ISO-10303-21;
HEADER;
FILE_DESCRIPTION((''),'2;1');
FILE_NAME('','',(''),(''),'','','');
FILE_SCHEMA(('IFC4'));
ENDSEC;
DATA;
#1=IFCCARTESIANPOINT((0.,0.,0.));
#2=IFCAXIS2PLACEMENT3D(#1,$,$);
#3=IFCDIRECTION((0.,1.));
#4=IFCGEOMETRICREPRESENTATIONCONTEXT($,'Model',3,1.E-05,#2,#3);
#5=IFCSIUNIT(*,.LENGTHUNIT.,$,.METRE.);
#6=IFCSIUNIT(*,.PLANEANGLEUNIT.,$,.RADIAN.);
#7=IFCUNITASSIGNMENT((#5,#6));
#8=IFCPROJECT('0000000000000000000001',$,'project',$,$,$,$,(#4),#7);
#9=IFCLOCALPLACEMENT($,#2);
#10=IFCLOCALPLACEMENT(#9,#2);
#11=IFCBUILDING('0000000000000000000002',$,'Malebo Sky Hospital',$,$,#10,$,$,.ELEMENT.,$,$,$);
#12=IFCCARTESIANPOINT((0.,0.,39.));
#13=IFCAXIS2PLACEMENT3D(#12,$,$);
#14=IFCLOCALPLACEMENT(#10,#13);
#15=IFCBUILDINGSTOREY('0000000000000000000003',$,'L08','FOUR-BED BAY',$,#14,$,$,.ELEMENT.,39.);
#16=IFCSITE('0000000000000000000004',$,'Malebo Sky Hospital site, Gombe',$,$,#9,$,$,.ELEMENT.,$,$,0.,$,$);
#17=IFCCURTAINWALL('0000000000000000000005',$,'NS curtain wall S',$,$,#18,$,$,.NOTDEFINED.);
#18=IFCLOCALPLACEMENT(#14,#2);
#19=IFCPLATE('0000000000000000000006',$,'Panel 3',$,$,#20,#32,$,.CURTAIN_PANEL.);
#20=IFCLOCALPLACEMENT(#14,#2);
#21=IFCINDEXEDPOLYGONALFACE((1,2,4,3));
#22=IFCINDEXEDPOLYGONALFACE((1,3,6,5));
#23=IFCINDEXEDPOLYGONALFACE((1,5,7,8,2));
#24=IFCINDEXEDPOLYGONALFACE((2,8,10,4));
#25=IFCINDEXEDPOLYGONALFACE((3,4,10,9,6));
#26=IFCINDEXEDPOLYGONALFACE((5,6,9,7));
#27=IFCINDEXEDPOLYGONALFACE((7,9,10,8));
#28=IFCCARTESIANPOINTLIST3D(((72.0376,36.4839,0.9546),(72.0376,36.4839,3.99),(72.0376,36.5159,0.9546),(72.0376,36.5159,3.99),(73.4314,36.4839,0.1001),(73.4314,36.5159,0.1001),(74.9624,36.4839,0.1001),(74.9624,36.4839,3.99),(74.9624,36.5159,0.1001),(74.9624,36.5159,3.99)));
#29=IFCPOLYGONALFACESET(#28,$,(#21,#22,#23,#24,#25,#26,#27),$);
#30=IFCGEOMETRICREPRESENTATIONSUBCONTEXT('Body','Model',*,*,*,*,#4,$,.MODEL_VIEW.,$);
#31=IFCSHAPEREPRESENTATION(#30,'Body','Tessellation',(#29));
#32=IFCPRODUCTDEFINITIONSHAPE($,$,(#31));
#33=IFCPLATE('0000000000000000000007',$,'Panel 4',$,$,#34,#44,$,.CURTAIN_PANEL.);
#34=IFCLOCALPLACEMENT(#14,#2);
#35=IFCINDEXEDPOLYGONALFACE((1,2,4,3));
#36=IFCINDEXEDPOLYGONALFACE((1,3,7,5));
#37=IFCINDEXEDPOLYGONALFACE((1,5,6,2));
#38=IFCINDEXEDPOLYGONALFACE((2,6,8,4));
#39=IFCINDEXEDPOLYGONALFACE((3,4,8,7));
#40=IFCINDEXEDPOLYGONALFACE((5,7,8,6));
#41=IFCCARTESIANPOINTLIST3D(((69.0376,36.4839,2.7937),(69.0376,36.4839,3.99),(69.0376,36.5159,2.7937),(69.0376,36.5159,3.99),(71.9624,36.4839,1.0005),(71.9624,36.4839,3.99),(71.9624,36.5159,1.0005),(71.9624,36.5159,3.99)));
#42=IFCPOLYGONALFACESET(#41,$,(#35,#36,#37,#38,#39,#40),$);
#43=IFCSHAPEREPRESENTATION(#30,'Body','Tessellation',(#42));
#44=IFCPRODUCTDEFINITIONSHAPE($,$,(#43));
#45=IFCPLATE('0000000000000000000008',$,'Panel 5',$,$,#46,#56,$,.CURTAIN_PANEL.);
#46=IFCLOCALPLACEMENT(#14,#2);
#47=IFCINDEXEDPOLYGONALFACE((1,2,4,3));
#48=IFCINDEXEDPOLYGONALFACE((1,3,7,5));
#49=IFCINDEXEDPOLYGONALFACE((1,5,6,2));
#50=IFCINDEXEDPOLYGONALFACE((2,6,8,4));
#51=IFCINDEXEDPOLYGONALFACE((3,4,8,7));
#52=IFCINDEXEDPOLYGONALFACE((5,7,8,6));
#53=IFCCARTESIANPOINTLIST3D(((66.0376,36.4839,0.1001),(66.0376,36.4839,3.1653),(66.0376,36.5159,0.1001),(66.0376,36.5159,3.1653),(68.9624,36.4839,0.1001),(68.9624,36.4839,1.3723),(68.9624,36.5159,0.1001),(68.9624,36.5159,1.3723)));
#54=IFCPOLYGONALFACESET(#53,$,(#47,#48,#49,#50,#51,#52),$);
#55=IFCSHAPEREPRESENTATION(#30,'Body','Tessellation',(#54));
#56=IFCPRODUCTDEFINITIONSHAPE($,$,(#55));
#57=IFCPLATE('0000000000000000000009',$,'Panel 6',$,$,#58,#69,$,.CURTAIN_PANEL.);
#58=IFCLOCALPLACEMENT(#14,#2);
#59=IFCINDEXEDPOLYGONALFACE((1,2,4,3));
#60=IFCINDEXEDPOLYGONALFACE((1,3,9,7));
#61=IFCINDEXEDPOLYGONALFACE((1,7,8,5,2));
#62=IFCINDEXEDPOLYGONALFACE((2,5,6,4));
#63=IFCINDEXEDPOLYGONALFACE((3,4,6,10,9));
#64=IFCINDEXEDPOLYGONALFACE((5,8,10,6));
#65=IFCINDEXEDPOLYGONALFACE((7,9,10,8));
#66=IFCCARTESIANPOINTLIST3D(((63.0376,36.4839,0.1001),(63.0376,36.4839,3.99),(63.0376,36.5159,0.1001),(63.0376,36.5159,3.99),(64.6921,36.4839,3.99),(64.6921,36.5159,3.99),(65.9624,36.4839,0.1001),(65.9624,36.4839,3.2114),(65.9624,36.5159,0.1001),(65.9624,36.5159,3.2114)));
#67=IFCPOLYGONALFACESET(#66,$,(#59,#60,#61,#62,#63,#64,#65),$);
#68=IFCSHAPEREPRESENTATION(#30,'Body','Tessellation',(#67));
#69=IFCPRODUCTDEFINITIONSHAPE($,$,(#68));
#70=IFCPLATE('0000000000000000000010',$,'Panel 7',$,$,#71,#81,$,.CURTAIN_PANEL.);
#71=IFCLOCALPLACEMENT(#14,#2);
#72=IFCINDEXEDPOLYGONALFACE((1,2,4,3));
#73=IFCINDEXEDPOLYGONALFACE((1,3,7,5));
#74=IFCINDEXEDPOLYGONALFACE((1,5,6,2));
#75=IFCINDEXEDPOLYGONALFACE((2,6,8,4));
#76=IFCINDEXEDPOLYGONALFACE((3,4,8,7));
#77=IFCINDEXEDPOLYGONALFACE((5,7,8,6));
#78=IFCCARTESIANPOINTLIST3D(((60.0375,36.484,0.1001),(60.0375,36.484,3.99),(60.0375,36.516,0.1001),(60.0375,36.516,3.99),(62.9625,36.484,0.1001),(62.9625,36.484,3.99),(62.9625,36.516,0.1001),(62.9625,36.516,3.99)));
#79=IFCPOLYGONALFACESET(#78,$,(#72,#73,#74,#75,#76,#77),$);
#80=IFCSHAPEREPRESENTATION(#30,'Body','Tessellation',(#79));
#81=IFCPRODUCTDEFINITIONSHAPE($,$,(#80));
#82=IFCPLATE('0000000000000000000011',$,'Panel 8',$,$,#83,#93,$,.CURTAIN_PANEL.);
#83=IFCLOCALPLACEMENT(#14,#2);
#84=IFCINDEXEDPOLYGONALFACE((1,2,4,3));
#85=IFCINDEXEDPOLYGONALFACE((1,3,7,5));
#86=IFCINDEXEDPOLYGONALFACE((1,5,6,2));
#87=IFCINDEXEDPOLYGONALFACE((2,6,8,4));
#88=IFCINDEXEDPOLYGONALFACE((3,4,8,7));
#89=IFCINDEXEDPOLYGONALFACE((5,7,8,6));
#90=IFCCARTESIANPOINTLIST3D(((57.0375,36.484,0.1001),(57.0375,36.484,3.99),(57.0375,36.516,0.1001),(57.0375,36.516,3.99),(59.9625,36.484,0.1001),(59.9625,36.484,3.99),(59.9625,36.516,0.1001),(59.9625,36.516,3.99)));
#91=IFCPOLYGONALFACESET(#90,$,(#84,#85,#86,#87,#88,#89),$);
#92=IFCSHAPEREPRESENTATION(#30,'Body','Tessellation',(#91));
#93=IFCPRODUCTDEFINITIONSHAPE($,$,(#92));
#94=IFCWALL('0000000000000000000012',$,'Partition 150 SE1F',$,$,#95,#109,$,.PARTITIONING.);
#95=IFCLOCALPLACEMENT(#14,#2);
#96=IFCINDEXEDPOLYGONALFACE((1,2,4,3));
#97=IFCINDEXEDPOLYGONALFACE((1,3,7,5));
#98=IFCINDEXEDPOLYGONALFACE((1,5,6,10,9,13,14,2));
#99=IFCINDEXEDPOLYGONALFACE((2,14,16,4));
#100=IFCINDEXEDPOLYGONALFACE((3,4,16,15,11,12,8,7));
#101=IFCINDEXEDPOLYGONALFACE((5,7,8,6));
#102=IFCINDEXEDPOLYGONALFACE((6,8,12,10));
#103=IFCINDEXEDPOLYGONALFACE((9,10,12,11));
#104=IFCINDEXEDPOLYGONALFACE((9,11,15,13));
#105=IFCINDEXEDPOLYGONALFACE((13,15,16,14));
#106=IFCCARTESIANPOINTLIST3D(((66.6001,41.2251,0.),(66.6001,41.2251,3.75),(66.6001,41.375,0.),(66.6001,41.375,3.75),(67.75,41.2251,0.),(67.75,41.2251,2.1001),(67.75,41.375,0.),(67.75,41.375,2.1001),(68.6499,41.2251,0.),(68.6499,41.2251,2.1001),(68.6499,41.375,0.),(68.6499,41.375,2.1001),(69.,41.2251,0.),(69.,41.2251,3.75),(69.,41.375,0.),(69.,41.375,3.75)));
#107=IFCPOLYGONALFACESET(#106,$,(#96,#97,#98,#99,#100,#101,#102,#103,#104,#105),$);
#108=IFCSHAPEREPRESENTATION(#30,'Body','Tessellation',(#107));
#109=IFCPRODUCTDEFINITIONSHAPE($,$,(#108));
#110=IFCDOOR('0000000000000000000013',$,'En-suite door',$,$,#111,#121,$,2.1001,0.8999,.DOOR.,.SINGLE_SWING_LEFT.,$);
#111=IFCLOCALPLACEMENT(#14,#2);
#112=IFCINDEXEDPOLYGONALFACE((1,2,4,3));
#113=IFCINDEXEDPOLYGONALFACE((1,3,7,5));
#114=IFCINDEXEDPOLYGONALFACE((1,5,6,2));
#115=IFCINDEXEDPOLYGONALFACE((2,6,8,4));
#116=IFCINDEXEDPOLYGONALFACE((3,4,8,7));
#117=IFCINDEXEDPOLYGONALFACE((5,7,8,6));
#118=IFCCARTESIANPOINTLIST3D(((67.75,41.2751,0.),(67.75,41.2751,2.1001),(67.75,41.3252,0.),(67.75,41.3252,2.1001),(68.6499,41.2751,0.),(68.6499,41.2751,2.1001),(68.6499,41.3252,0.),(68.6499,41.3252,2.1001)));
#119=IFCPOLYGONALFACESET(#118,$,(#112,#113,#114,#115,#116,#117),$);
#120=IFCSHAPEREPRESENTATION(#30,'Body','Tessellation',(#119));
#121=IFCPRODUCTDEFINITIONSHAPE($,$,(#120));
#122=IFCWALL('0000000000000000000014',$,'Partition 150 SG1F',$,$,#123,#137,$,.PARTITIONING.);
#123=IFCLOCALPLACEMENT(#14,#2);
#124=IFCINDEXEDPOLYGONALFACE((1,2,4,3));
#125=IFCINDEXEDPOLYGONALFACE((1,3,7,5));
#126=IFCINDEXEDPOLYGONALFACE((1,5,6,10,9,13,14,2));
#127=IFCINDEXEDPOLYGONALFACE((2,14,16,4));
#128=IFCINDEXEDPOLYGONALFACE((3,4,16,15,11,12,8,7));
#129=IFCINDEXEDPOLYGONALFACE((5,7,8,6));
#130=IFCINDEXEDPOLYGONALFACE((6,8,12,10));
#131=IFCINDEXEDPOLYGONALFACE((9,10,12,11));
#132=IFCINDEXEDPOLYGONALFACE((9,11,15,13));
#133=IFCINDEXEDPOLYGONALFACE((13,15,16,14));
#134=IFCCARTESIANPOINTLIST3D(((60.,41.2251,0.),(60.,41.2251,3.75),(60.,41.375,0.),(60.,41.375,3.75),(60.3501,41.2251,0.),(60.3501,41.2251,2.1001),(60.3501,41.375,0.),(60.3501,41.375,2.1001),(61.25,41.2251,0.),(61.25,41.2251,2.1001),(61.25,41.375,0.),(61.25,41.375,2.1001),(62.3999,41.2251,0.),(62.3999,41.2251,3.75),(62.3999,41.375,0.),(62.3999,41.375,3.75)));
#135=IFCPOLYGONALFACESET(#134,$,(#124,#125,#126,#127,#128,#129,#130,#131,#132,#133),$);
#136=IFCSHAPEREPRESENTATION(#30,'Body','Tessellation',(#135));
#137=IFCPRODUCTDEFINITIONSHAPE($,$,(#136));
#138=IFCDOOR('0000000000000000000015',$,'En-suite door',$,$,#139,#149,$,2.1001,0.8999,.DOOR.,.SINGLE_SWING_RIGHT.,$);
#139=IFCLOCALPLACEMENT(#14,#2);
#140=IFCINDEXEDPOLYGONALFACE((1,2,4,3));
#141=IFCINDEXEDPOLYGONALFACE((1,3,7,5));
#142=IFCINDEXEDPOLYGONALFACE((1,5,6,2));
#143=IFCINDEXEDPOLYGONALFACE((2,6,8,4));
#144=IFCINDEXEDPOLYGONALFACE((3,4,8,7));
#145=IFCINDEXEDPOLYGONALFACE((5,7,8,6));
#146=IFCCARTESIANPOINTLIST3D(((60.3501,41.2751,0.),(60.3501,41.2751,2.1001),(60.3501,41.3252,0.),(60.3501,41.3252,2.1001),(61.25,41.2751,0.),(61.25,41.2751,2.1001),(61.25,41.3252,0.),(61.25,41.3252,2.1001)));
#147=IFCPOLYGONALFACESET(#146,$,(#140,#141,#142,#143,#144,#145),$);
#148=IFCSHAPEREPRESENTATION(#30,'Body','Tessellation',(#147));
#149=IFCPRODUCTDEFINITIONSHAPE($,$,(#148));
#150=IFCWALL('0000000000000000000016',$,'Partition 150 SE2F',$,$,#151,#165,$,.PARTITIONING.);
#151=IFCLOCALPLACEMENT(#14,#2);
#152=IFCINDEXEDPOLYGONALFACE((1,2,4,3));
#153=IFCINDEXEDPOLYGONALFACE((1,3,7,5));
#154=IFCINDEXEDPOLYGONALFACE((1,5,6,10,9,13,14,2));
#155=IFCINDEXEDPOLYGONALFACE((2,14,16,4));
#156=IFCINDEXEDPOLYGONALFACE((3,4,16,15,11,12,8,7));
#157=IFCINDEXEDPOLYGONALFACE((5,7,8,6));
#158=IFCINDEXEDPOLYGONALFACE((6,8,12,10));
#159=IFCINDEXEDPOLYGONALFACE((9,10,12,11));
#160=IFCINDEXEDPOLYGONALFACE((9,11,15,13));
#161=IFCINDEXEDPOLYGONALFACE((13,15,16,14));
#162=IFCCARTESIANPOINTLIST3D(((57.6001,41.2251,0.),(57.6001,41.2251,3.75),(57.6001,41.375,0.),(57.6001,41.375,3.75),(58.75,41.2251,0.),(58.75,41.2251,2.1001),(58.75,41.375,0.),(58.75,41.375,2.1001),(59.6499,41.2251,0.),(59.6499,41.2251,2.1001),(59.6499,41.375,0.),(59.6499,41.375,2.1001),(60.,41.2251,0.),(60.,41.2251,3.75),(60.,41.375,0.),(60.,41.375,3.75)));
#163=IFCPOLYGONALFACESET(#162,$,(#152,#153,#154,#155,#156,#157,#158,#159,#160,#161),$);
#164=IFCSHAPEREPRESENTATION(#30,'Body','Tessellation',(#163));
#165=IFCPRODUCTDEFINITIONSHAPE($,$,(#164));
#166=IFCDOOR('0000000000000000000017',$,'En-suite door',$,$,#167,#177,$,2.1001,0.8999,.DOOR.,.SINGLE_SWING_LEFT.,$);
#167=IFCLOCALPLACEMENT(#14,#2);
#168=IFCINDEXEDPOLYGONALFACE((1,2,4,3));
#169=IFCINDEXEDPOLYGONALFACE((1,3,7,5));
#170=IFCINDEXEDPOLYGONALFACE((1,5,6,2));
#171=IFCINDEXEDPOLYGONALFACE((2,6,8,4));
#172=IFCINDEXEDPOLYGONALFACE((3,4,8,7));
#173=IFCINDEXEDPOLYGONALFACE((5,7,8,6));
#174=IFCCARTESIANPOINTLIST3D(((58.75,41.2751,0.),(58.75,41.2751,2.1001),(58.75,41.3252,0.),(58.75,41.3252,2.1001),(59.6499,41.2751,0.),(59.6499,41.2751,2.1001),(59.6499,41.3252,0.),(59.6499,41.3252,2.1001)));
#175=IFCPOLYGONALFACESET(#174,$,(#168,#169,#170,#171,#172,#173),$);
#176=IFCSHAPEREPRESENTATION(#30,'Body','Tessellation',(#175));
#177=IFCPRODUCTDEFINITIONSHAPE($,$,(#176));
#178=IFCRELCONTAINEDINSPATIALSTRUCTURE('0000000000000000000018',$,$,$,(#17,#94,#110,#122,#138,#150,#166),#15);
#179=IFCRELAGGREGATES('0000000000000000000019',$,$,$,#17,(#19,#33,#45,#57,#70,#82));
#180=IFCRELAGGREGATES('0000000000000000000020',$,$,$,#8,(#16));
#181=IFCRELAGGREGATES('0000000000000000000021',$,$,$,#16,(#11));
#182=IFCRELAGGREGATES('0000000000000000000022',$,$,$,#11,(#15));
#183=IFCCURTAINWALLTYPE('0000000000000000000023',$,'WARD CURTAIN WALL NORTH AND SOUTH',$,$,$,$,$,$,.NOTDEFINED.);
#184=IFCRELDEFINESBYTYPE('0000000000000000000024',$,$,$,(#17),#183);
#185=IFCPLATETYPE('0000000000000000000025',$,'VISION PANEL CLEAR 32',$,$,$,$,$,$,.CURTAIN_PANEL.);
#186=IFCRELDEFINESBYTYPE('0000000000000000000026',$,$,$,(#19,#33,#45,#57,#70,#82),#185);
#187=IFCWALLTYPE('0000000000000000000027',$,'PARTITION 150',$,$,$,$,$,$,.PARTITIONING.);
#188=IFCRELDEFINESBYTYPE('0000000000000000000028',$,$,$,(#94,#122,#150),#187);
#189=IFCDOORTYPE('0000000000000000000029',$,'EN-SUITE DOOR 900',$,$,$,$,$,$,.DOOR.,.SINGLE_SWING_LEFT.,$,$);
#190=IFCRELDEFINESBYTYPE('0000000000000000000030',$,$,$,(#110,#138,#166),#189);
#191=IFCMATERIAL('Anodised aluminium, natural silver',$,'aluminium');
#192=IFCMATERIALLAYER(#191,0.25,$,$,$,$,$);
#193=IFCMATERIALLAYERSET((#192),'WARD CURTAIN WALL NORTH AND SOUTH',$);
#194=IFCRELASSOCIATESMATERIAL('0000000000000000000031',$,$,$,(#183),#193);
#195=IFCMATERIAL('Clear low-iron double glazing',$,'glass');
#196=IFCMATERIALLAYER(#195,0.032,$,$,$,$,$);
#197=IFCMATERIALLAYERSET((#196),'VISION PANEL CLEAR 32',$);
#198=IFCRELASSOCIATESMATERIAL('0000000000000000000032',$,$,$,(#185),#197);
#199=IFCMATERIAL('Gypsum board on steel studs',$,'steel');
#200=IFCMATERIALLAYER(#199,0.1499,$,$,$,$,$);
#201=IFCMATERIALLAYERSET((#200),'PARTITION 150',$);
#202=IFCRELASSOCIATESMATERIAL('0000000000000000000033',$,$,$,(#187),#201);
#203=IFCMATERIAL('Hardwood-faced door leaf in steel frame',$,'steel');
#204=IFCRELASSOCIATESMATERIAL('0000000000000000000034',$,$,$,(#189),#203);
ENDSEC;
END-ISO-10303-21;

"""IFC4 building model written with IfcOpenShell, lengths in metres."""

from ifc_helpers import new_model, si_unit, direction, frame, frame_2d, origin, origin_2d, place, context, subcontext, project, spatial, polyline, rectangle, outline, extrude, material, layer, layer_set, type_object, element, fill, aggregate, save


model = new_model("IFC4")

# Units and contexts
model_context = context("Model", 3, precision=1e-05, world=origin(), true_north=direction((0.0, 1.0)))
body_context = subcontext(model_context, "Body", "Model", "MODEL_VIEW")
ifc_project = project(units=[si_unit("LENGTHUNIT", "METRE"), si_unit("PLANEANGLEUNIT", "RADIAN")], contexts=[model_context])

# Site, building, storey
site_placement = place(None, origin())
site = spatial("IfcSite", under=ifc_project, at=site_placement, Name="Malebo Sky Hospital site, Gombe", CompositionType="ELEMENT", RefElevation=0.0)
building_placement = place(site_placement, origin())
building = spatial("IfcBuilding", under=site, at=building_placement, Name="Malebo Sky Hospital", CompositionType="ELEMENT")
storey_placement = place(building_placement, frame((0.0, 0.0, 39.0)))
storey = spatial("IfcBuildingStorey", under=building, at=storey_placement, Name="L08", Description="FOUR-BED BAY", CompositionType="ELEMENT", Elevation=39.0)

# Curtain wall
ifc_material_1 = material(Name="Anodised aluminium, natural silver", Category="aluminium")
ifc_layer_1 = layer(ifc_material_1, 0.25)
ifc_layer_set_1 = layer_set([ifc_layer_1], Name="WARD CURTAIN WALL NORTH AND SOUTH")
curtain_wall_type = type_object("IfcCurtainWallType", Name="WARD CURTAIN WALL NORTH AND SOUTH", PredefinedType="NOTDEFINED", material=ifc_layer_set_1)
curtain_wall_placement = place(storey_placement, origin())
curtain_wall = element("IfcCurtainWall", 1, at=curtain_wall_placement, inside=storey, type_object=curtain_wall_type, Name="NS curtain wall S", PredefinedType="NOTDEFINED")

# Plates
ifc_material_2 = material(Name="Clear low-iron double glazing", Category="glass")
ifc_layer_2 = layer(ifc_material_2, 0.032)
ifc_layer_set_2 = layer_set([ifc_layer_2], Name="VISION PANEL CLEAR 32")
plate_type = type_object("IfcPlateType", Name="VISION PANEL CLEAR 32", PredefinedType="CURTAIN_PANEL", material=ifc_layer_set_2)
plate_1_placement = place(storey_placement, frame((73.5, 36.5, 0.1001), z_axis=(0.0, 0.0, 1.0), x_axis=(-1.0, 0.0, 0.0)))
plate_1 = element("IfcPlate", 2, at=plate_1_placement, type_object=plate_type, Name="Panel 3", PredefinedType="CURTAIN_PANEL", context=body_context, shape_type="SweptSolid", body=[
    extrude(outline(polyline([(-1.4624, 0.0), (0.0686, 0.0), (1.4624, 0.8545), (1.4624, 3.8899), (-1.4624, 3.8899), (-1.4624, 0.0)])), frame((0.0, 0.0161, 0.0), z_axis=(0.0, -1.0, 0.0), x_axis=(1.0, 0.0, 0.0)), (0.0, 0.0, 1.0), 0.032),
])
plate_2_placement = place(storey_placement, frame((70.5, 36.5, 1.0005), z_axis=(0.0, 0.0, 1.0), x_axis=(-1.0, 0.0, 0.0)))
plate_2 = element("IfcPlate", 3, at=plate_2_placement, type_object=plate_type, Name="Panel 4", PredefinedType="CURTAIN_PANEL", context=body_context, shape_type="SweptSolid", body=[
    extrude(outline(polyline([(-1.4624, 0.0), (1.4624, 1.7932), (1.4624, 2.9895), (-1.4624, 2.9895), (-1.4624, 0.0)])), frame((0.0, 0.0161, 0.0), z_axis=(0.0, -1.0, 0.0), x_axis=(1.0, 0.0, 0.0)), (0.0, 0.0, 1.0), 0.032),
])
plate_3_placement = place(storey_placement, frame((67.5, 36.5, 0.1001), z_axis=(0.0, 0.0, 1.0), x_axis=(-1.0, 0.0, 0.0)))
plate_3 = element("IfcPlate", 4, at=plate_3_placement, type_object=plate_type, Name="Panel 5", PredefinedType="CURTAIN_PANEL", context=body_context, shape_type="SweptSolid", body=[
    extrude(outline(polyline([(-1.4624, 0.0), (1.4624, 0.0), (1.4624, 3.0652), (-1.4624, 1.2722), (-1.4624, 0.0)])), frame((0.0, 0.0161, 0.0), z_axis=(0.0, -1.0, 0.0), x_axis=(1.0, 0.0, 0.0)), (0.0, 0.0, 1.0), 0.032),
])
plate_4_placement = place(storey_placement, frame((64.5, 36.5, 0.1001), z_axis=(0.0, 0.0, 1.0), x_axis=(-1.0, 0.0, 0.0)))
plate_4 = element("IfcPlate", 5, at=plate_4_placement, type_object=plate_type, Name="Panel 6", PredefinedType="CURTAIN_PANEL", context=body_context, shape_type="SweptSolid", body=[
    extrude(outline(polyline([(-1.4624, 0.0), (1.4624, 0.0), (1.4624, 3.8899), (-0.1921, 3.8899), (-1.4624, 3.1113), (-1.4624, 0.0)])), frame((0.0, 0.0161, 0.0), z_axis=(0.0, -1.0, 0.0), x_axis=(1.0, 0.0, 0.0)), (0.0, 0.0, 1.0), 0.032),
])
plate_5_placement = place(storey_placement, frame((61.5, 36.5, 0.1001), z_axis=(0.0, 0.0, 1.0), x_axis=(-1.0, 0.0, 0.0)))
plate_5 = element("IfcPlate", 6, at=plate_5_placement, type_object=plate_type, Name="Panel 7", PredefinedType="CURTAIN_PANEL", context=body_context, shape_type="SweptSolid", body=[
    extrude(rectangle(XDim=2.925, YDim=0.032, at=origin_2d()), origin(), (0.0, 0.0, 1.0), 3.8899),
])
plate_6_placement = place(storey_placement, frame((58.5, 36.5, 0.1001), z_axis=(0.0, 0.0, 1.0), x_axis=(-1.0, 0.0, 0.0)))
plate_6 = element("IfcPlate", 7, at=plate_6_placement, type_object=plate_type, Name="Panel 8", PredefinedType="CURTAIN_PANEL", context=body_context, shape_type="SweptSolid", body=[
    extrude(rectangle(XDim=2.925, YDim=0.032, at=origin_2d()), origin(), (0.0, 0.0, 1.0), 3.8899),
])
aggregate(curtain_wall, [plate_1, plate_2, plate_3, plate_4, plate_5, plate_6])

# Walls, openings, doors
ifc_material_3 = material(Name="Gypsum board on steel studs", Category="steel")
ifc_layer_3 = layer(ifc_material_3, 0.1499)
ifc_layer_set_3 = layer_set([ifc_layer_3], Name="PARTITION 150")
wall_type = type_object("IfcWallType", Name="PARTITION 150", PredefinedType="PARTITIONING", material=ifc_layer_set_3)
wall_1_placement = place(storey_placement, frame((69.0, 41.3, 0.0), z_axis=(0.0, 0.0, 1.0), x_axis=(-1.0, 0.0, 0.0)))
wall_1 = element("IfcWall", 8, at=wall_1_placement, inside=storey, type_object=wall_type, Name="Partition 150 SE1F", PredefinedType="PARTITIONING", context=body_context, shape_type="SweptSolid", body=[
    extrude(rectangle(XDim=2.3999, YDim=0.1499, at=frame_2d((1.2, 0.0))), origin(), (0.0, 0.0, 1.0), 3.75),
])
opening_1_placement = place(wall_1_placement, frame((0.3501, 0.0, 0.0)))
opening_1 = element("IfcOpeningElement", 9, at=opening_1_placement, cuts=wall_1, PredefinedType="OPENING", context=body_context, shape_type="SweptSolid", body=[
    extrude(rectangle(XDim=0.8999, YDim=2.1001, at=frame_2d((0.45, 1.05))), frame((0.0, 0.085, 0.0), z_axis=(0.0, -1.0, 0.0), x_axis=(1.0, 0.0, 0.0)), (0.0, 0.0, 1.0), 0.1699),
])
ifc_material_4 = material(Name="Hardwood-faced door leaf in steel frame", Category="steel")
door_type = type_object("IfcDoorType", Name="EN-SUITE DOOR 900", OperationType="SINGLE_SWING_LEFT", PredefinedType="DOOR", material=ifc_material_4)
door_1_placement = place(opening_1_placement, origin())
door_1 = element("IfcDoor", 10, at=door_1_placement, inside=storey, type_object=door_type, Name="En-suite door", OperationType="SINGLE_SWING_LEFT", OverallHeight=2.1001, OverallWidth=0.8999, PredefinedType="DOOR", context=body_context, shape_type="SweptSolid", body=[
    extrude(rectangle(XDim=0.8999, YDim=2.1001, at=frame_2d((0.45, 1.05))), frame((0.0, 0.0249, 0.0), z_axis=(0.0, -1.0, 0.0), x_axis=(1.0, 0.0, 0.0)), (0.0, 0.0, 1.0), 0.05),
])
fill(opening_1, door_1)
wall_2_placement = place(storey_placement, frame((62.3999, 41.3, 0.0), z_axis=(0.0, 0.0, 1.0), x_axis=(-1.0, 0.0, 0.0)))
wall_2 = element("IfcWall", 11, at=wall_2_placement, inside=storey, type_object=wall_type, Name="Partition 150 SG1F", PredefinedType="PARTITIONING", context=body_context, shape_type="SweptSolid", body=[
    extrude(rectangle(XDim=2.3999, YDim=0.1499, at=frame_2d((1.2, 0.0))), origin(), (0.0, 0.0, 1.0), 3.75),
])
opening_2_placement = place(wall_2_placement, frame((1.1499, 0.0, 0.0)))
opening_2 = element("IfcOpeningElement", 12, at=opening_2_placement, cuts=wall_2, PredefinedType="OPENING", context=body_context, shape_type="SweptSolid", body=[
    extrude(rectangle(XDim=0.8999, YDim=2.1001, at=frame_2d((0.45, 1.05))), frame((0.0, 0.085, 0.0), z_axis=(0.0, -1.0, 0.0), x_axis=(1.0, 0.0, 0.0)), (0.0, 0.0, 1.0), 0.1699),
])
door_2_placement = place(opening_2_placement, origin())
door_2 = element("IfcDoor", 13, at=door_2_placement, inside=storey, type_object=door_type, Name="En-suite door", OperationType="SINGLE_SWING_RIGHT", OverallHeight=2.1001, OverallWidth=0.8999, PredefinedType="DOOR", context=body_context, shape_type="SweptSolid", body=[
    extrude(rectangle(XDim=0.8999, YDim=2.1001, at=frame_2d((0.45, 1.05))), frame((0.0, 0.0249, 0.0), z_axis=(0.0, -1.0, 0.0), x_axis=(1.0, 0.0, 0.0)), (0.0, 0.0, 1.0), 0.05),
])
fill(opening_2, door_2)
wall_3_placement = place(storey_placement, frame((60.0, 41.3, 0.0), z_axis=(0.0, 0.0, 1.0), x_axis=(-1.0, 0.0, 0.0)))
wall_3 = element("IfcWall", 14, at=wall_3_placement, inside=storey, type_object=wall_type, Name="Partition 150 SE2F", PredefinedType="PARTITIONING", context=body_context, shape_type="SweptSolid", body=[
    extrude(rectangle(XDim=2.3999, YDim=0.1499, at=frame_2d((1.2, 0.0))), origin(), (0.0, 0.0, 1.0), 3.75),
])
opening_3_placement = place(wall_3_placement, frame((0.3501, 0.0, 0.0)))
opening_3 = element("IfcOpeningElement", 15, at=opening_3_placement, cuts=wall_3, PredefinedType="OPENING", context=body_context, shape_type="SweptSolid", body=[
    extrude(rectangle(XDim=0.8999, YDim=2.1001, at=frame_2d((0.45, 1.05))), frame((0.0, 0.085, 0.0), z_axis=(0.0, -1.0, 0.0), x_axis=(1.0, 0.0, 0.0)), (0.0, 0.0, 1.0), 0.1699),
])
door_3_placement = place(opening_3_placement, origin())
door_3 = element("IfcDoor", 16, at=door_3_placement, inside=storey, type_object=door_type, Name="En-suite door", OperationType="SINGLE_SWING_LEFT", OverallHeight=2.1001, OverallWidth=0.8999, PredefinedType="DOOR", context=body_context, shape_type="SweptSolid", body=[
    extrude(rectangle(XDim=0.8999, YDim=2.1001, at=frame_2d((0.45, 1.05))), frame((0.0, 0.0249, 0.0), z_axis=(0.0, -1.0, 0.0), x_axis=(1.0, 0.0, 0.0)), (0.0, 0.0, 1.0), 0.05),
])
fill(opening_3, door_3)

save(model, "model.ifc")
